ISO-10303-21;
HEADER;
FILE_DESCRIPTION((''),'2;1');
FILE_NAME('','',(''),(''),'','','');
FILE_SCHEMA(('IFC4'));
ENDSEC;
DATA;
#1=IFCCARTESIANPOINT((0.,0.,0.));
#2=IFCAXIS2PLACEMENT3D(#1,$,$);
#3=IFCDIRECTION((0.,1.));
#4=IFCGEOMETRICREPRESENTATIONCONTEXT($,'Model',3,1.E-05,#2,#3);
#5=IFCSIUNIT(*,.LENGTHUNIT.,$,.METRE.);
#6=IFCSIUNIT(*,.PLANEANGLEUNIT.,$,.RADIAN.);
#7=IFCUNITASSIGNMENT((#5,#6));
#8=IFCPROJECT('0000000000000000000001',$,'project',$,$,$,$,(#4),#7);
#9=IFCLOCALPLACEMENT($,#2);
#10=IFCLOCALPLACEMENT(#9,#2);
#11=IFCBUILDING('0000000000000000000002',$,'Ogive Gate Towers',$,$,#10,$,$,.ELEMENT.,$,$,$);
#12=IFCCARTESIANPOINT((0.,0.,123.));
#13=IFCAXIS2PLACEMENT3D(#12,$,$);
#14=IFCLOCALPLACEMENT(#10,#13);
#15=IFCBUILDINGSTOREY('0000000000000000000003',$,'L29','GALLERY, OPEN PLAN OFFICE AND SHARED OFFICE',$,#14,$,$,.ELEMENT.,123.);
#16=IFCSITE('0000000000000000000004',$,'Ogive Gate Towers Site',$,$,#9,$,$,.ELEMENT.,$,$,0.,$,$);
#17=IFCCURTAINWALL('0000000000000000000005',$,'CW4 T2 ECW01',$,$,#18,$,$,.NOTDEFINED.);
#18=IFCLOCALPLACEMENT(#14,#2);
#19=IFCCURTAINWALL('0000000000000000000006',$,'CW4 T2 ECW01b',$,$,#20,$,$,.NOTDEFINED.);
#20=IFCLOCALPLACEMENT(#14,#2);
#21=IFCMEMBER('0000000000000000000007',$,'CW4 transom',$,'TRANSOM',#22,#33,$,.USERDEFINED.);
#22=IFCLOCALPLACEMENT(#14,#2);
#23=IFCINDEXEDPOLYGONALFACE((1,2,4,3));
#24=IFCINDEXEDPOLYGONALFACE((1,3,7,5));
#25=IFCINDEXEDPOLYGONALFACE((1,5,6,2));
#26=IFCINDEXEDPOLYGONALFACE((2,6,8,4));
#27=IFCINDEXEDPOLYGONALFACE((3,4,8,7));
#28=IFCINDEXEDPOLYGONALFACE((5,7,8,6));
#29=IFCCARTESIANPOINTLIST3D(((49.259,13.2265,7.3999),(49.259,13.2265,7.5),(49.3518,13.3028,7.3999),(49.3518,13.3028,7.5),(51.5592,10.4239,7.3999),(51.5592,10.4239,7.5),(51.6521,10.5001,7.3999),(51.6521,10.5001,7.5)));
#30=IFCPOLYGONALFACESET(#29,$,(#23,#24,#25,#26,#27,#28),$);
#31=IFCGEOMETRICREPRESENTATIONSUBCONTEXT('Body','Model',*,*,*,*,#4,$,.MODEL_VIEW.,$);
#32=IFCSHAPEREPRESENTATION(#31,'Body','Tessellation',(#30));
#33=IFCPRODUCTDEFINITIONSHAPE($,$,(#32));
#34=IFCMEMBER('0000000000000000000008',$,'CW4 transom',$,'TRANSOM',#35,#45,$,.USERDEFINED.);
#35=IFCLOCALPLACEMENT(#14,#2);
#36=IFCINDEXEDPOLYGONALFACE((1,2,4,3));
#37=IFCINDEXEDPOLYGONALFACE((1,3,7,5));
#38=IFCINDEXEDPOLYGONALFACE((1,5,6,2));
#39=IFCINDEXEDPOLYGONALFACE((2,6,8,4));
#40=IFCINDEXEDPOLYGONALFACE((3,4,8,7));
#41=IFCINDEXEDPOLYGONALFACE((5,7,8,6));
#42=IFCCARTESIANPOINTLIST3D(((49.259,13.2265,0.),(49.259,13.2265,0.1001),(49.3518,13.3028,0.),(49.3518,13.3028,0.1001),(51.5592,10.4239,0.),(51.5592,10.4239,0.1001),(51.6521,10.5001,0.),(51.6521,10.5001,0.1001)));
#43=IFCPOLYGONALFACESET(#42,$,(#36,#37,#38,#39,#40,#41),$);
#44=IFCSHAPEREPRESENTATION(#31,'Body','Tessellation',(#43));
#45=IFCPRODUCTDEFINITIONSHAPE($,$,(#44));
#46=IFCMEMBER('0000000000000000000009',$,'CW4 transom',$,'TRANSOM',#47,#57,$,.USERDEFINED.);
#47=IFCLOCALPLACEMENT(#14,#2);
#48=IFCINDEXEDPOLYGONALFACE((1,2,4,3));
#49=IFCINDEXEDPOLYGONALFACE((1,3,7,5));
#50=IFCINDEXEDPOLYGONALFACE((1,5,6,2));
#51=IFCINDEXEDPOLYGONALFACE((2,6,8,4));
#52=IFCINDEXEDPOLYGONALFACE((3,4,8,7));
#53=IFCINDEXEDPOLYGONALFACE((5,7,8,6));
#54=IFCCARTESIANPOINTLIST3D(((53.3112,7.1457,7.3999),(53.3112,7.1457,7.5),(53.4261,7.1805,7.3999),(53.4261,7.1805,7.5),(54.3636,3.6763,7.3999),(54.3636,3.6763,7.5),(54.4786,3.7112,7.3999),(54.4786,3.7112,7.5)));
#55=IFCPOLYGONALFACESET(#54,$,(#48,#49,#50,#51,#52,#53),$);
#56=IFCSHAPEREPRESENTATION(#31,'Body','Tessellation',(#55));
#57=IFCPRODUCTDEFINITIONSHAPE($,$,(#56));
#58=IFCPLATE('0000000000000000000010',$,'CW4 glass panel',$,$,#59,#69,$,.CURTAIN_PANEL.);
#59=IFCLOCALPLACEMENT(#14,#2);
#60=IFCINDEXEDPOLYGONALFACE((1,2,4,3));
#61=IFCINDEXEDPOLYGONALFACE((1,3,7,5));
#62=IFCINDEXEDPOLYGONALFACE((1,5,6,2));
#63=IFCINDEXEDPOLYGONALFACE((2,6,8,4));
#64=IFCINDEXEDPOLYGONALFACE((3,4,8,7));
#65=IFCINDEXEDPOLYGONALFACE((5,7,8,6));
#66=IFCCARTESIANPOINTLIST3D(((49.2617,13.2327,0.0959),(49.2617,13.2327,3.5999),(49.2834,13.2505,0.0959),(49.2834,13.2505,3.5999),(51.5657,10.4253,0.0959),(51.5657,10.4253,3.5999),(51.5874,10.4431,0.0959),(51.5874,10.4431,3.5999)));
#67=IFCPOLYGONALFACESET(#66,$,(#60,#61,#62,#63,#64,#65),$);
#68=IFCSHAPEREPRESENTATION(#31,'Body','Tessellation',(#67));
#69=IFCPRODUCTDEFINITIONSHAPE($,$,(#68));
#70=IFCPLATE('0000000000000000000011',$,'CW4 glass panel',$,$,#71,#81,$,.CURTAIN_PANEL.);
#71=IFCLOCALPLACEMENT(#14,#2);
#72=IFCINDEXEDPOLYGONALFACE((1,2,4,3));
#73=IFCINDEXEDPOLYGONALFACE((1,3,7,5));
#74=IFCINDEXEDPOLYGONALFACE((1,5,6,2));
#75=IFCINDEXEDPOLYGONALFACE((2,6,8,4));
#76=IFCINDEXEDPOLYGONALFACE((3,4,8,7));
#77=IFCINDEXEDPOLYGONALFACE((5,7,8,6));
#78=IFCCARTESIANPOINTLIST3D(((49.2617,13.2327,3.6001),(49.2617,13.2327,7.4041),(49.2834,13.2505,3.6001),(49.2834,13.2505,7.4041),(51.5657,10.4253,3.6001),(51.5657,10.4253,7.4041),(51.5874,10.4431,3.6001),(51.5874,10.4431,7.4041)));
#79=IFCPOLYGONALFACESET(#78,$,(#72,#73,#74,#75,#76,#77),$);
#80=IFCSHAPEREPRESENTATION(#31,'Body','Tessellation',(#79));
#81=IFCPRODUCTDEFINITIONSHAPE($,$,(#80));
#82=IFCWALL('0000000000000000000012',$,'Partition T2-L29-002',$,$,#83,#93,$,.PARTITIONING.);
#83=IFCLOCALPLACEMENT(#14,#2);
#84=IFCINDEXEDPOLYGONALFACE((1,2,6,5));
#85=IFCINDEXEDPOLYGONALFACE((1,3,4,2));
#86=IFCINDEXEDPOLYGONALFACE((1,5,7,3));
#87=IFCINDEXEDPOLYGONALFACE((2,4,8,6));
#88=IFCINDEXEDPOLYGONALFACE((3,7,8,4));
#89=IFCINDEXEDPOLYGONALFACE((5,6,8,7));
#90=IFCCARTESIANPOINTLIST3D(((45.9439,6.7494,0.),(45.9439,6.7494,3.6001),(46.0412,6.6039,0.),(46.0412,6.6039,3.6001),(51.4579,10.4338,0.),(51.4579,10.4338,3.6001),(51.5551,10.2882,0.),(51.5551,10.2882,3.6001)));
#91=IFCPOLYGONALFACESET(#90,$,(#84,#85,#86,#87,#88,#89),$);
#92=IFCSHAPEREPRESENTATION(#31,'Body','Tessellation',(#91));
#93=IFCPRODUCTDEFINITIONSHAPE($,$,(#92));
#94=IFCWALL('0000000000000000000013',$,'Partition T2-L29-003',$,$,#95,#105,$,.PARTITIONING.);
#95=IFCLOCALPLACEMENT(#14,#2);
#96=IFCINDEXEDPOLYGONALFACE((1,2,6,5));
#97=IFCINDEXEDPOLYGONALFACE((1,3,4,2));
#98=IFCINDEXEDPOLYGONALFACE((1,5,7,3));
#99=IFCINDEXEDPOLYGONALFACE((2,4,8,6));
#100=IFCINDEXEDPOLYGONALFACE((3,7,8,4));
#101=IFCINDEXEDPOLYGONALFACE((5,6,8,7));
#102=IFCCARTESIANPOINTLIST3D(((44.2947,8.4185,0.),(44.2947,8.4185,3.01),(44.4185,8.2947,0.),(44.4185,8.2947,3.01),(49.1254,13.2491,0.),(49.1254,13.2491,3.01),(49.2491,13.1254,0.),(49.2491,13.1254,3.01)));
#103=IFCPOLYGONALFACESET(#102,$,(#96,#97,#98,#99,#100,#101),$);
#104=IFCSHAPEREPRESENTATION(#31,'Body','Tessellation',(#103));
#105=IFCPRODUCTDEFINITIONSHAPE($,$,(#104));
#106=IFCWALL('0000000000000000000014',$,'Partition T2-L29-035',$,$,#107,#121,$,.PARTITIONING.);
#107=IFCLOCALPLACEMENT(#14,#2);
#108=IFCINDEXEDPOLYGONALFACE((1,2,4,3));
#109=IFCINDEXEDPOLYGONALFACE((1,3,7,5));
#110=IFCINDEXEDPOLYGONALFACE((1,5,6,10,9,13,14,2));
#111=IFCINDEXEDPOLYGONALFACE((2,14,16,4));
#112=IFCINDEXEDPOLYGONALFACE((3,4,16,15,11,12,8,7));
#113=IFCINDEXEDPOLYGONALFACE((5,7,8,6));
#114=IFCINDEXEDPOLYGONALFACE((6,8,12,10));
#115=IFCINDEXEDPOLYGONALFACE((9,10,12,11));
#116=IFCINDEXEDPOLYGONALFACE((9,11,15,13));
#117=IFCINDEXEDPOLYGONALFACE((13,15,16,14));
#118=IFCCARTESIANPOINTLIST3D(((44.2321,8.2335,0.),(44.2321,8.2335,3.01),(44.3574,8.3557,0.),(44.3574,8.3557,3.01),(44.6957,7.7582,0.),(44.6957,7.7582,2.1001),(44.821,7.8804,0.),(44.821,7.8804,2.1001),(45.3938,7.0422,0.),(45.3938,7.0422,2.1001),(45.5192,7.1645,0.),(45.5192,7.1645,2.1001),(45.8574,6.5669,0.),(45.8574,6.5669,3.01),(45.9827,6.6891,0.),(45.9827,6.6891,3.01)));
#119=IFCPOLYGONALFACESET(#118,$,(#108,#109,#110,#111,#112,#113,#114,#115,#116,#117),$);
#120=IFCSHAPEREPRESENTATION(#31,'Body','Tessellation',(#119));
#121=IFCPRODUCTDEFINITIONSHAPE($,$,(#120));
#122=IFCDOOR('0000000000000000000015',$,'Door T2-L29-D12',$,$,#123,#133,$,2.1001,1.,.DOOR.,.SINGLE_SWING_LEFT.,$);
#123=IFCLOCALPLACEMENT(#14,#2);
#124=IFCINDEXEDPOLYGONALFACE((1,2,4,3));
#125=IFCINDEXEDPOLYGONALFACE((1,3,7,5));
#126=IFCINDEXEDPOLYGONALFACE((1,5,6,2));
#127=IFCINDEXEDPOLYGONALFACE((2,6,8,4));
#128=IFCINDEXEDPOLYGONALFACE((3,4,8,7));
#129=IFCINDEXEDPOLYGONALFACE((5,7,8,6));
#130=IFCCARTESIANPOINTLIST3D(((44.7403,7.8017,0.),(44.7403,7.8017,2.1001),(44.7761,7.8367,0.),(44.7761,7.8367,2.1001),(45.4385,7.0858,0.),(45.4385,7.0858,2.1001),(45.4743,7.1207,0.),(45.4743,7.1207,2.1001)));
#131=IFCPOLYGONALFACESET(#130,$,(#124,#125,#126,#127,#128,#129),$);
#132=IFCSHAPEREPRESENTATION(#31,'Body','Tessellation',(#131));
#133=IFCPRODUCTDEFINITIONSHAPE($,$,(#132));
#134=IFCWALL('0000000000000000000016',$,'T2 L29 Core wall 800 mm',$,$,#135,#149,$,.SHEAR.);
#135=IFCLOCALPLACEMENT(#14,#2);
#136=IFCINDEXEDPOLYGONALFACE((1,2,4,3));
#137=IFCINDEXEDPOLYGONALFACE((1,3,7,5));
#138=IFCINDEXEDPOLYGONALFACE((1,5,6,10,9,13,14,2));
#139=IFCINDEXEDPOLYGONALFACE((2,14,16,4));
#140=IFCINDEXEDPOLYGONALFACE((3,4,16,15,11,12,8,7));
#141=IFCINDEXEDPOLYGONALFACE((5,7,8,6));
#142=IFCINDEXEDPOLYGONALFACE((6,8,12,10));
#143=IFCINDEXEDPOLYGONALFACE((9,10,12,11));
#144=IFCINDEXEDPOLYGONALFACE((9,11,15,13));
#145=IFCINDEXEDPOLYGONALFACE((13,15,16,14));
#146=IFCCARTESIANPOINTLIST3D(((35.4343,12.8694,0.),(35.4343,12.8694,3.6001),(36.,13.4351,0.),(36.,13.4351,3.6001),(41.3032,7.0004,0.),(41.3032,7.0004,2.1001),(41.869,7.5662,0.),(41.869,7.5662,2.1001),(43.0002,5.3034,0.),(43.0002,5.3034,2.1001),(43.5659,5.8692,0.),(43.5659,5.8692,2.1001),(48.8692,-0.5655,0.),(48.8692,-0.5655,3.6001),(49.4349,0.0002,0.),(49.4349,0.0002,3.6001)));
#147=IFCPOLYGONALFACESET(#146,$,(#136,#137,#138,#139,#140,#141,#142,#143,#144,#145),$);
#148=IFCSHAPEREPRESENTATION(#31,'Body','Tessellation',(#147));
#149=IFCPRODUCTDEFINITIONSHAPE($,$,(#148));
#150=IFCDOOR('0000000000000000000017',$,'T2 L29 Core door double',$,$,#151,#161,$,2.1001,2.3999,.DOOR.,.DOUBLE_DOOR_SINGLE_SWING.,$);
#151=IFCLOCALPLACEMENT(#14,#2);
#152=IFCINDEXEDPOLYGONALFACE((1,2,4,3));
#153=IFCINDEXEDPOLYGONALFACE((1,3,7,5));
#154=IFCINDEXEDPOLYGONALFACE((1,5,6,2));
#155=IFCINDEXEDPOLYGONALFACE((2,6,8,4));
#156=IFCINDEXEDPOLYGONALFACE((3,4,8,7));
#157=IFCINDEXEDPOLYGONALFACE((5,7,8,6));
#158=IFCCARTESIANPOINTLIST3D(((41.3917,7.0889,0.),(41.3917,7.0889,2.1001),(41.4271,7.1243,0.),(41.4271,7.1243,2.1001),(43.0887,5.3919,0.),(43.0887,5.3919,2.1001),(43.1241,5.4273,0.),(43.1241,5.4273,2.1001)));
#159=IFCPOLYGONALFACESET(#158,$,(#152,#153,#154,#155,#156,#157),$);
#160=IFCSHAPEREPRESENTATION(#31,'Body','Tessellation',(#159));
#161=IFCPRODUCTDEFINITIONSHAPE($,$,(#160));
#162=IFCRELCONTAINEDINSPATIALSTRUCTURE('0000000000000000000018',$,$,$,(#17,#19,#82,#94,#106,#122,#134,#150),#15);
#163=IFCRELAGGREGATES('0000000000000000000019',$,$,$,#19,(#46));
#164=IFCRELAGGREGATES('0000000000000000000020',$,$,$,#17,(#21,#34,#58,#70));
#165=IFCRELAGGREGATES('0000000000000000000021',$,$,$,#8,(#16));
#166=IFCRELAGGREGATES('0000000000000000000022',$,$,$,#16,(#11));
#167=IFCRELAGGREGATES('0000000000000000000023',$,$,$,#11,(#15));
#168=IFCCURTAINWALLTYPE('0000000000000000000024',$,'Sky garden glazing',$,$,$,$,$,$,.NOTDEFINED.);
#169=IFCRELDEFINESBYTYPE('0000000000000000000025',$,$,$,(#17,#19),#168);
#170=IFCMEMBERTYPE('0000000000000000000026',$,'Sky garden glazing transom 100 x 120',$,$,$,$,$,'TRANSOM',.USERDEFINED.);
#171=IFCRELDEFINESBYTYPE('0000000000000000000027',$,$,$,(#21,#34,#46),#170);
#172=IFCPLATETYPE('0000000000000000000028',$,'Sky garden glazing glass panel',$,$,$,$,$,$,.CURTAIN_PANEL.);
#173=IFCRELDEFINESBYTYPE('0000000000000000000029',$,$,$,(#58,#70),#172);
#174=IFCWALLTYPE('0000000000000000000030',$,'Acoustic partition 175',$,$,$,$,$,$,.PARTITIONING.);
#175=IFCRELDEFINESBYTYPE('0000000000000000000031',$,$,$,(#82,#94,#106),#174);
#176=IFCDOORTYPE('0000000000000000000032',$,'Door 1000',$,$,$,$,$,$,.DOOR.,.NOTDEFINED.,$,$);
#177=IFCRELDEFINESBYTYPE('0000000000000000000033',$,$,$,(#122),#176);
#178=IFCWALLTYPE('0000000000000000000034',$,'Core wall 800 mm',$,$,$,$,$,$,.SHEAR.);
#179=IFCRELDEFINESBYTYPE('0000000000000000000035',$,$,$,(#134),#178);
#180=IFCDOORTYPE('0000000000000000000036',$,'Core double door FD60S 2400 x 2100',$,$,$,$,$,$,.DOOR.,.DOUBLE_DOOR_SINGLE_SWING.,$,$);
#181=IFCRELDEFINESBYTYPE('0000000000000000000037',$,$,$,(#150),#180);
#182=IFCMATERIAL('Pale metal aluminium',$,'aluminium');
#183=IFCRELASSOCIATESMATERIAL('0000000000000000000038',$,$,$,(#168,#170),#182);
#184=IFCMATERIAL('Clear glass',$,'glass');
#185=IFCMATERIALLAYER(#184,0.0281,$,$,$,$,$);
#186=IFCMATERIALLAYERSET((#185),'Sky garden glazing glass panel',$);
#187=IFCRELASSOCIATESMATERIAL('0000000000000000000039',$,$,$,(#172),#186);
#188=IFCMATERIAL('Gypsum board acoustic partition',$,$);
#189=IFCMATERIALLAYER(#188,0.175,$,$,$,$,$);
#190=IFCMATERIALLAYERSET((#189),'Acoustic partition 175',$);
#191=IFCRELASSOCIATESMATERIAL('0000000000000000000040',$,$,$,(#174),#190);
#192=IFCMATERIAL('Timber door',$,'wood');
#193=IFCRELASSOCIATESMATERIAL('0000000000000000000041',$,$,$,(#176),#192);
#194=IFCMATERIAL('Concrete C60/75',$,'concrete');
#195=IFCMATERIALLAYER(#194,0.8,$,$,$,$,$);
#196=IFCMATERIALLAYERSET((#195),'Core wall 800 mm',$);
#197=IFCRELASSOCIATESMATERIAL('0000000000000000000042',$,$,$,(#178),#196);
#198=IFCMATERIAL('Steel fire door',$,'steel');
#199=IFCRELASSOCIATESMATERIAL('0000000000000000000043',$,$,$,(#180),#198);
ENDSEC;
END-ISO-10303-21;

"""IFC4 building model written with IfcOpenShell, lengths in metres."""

from ifc_helpers import new_model, si_unit, direction, frame, frame_2d, origin, origin_2d, place, context, subcontext, project, spatial, rectangle, extrude, material, layer, layer_set, material_profile, profile_set, type_object, element, fill, aggregate, save


model = new_model("IFC4")

# Units and contexts
model_context = context("Model", 3, precision=1e-05, world=origin(), true_north=direction((0.0, 1.0)))
body_context = subcontext(model_context, "Body", "Model", "MODEL_VIEW")
ifc_project = project(units=[si_unit("LENGTHUNIT", "METRE"), si_unit("PLANEANGLEUNIT", "RADIAN")], contexts=[model_context])

# Site, building, storey
site_placement = place(None, origin())
site = spatial("IfcSite", under=ifc_project, at=site_placement, Name="Ogive Gate Towers Site", CompositionType="ELEMENT", RefElevation=0.0)
building_placement = place(site_placement, origin())
building = spatial("IfcBuilding", under=site, at=building_placement, Name="Ogive Gate Towers", CompositionType="ELEMENT")
storey_placement = place(building_placement, frame((0.0, 0.0, 123.0)))
storey = spatial("IfcBuildingStorey", under=building, at=storey_placement, Name="L29", Description="GALLERY, OPEN PLAN OFFICE AND SHARED OFFICE", CompositionType="ELEMENT", Elevation=123.0)

# Curtain walls
ifc_material_1 = material(Name="Pale metal aluminium", Category="aluminium")
curtain_wall_type = type_object("IfcCurtainWallType", Name="Sky garden glazing", PredefinedType="NOTDEFINED", material=ifc_material_1)
curtain_wall_1_placement = place(storey_placement, origin())
curtain_wall_1 = element("IfcCurtainWall", 1, at=curtain_wall_1_placement, inside=storey, type_object=curtain_wall_type, Name="CW4 T2 ECW01", PredefinedType="NOTDEFINED")
curtain_wall_2_placement = place(storey_placement, origin())
curtain_wall_2 = element("IfcCurtainWall", 2, at=curtain_wall_2_placement, inside=storey, type_object=curtain_wall_type, Name="CW4 T2 ECW01b", PredefinedType="NOTDEFINED")

# Members
ifc_material_profile_1 = material_profile(ifc_material_1, rectangle(XDim=0.1201, YDim=0.1001, at=origin_2d()), Name="100 x 120 aluminium box")
ifc_profile_set_1 = profile_set([ifc_material_profile_1], Name="Pale metal aluminium")
member_type_1 = type_object("IfcMemberType", Name="Sky garden glazing transom 100 x 120", ElementType="TRANSOM", PredefinedType="USERDEFINED", material=ifc_profile_set_1)
member_1_placement = place(storey_placement, frame((49.3054, 13.2646, 7.45), z_axis=(0.634418, -0.77299, 0.0), x_axis=(0.77299, 0.634418, 0.0)))
member_1 = element("IfcMember", 3, at=member_1_placement, type_object=member_type_1, Name="CW4 transom", ObjectType="TRANSOM", PredefinedType="USERDEFINED", context=body_context, shape_type="SweptSolid", body=[
    extrude(rectangle(XDim=0.1201, YDim=0.1001, at=origin_2d()), origin(), (0.0, 0.0, 1.0), 3.6257),
])
member_2_placement = place(storey_placement, frame((49.3054, 13.2646, 0.05), z_axis=(0.634418, -0.77299, 0.0), x_axis=(0.77299, 0.634418, 0.0)))
member_2 = element("IfcMember", 4, at=member_2_placement, type_object=member_type_1, Name="CW4 transom", ObjectType="TRANSOM", PredefinedType="USERDEFINED", context=body_context, shape_type="SweptSolid", body=[
    extrude(rectangle(XDim=0.1201, YDim=0.1001, at=origin_2d()), origin(), (0.0, 0.0, 1.0), 3.6257),
])
member_3_placement = place(storey_placement, frame((53.3687, 7.1631, 7.45), z_axis=(0.290293, -0.956938, 0.0), x_axis=(0.956938, 0.290293, 0.0)))
member_3 = element("IfcMember", 5, at=member_3_placement, type_object=member_type_1, Name="CW4 transom", ObjectType="TRANSOM", PredefinedType="USERDEFINED", context=body_context, shape_type="SweptSolid", body=[
    extrude(rectangle(XDim=0.1201, YDim=0.1001, at=origin_2d()), origin(), (0.0, 0.0, 1.0), 3.6255),
])
aggregate(curtain_wall_2, [member_3])

# Plates
ifc_material_2 = material(Name="Clear glass", Category="glass")
ifc_layer_1 = layer(ifc_material_2, 0.0281)
ifc_layer_set_1 = layer_set([ifc_layer_1], Name="Sky garden glazing glass panel")
plate_type = type_object("IfcPlateType", Name="Sky garden glazing glass panel", PredefinedType="CURTAIN_PANEL", material=ifc_layer_set_1)
plate_1_placement = place(storey_placement, frame((50.4246, 11.8379, 0.0959), z_axis=(0.0, 0.0, 1.0), x_axis=(0.634393, -0.77301, 0.0)))
plate_1 = element("IfcPlate", 6, at=plate_1_placement, type_object=plate_type, Name="CW4 glass panel", PredefinedType="CURTAIN_PANEL", context=body_context, shape_type="SweptSolid", body=[
    extrude(rectangle(XDim=3.6318, YDim=0.0281, at=origin_2d()), origin(), (0.0, 0.0, 1.0), 3.5039),
])
plate_2_placement = place(storey_placement, frame((50.4246, 11.8379, 3.6001), z_axis=(0.0, 0.0, 1.0), x_axis=(0.634393, -0.77301, 0.0)))
plate_2 = element("IfcPlate", 7, at=plate_2_placement, type_object=plate_type, Name="CW4 glass panel", PredefinedType="CURTAIN_PANEL", context=body_context, shape_type="SweptSolid", body=[
    extrude(rectangle(XDim=3.6318, YDim=0.0281, at=origin_2d()), origin(), (0.0, 0.0, 1.0), 3.804),
])
aggregate(curtain_wall_1, [member_1, member_2, plate_1, plate_2])

# Walls
ifc_material_3 = material(Name="Gypsum board acoustic partition")
ifc_layer_2 = layer(ifc_material_3, 0.175)
ifc_layer_set_2 = layer_set([ifc_layer_2], Name="Acoustic partition 175")
wall_type_1 = type_object("IfcWallType", Name="Acoustic partition 175", PredefinedType="PARTITIONING", material=ifc_layer_set_2)
wall_1_placement = place(storey_placement, frame((51.5066, 10.3611, 0.0), z_axis=(0.0, 0.0, 1.0), x_axis=(-0.831466, -0.555575, 0.0)))
element("IfcWall", 8, at=wall_1_placement, inside=storey, type_object=wall_type_1, Name="Partition T2-L29-002", PredefinedType="PARTITIONING", context=body_context, shape_type="SweptSolid", body=[
    extrude(rectangle(XDim=6.6316, YDim=0.175, at=frame_2d((3.3159, 0.0))), origin(), (0.0, 0.0, 1.0), 3.6001),
])
wall_2_placement = place(storey_placement, frame((49.1873, 13.1873, 0.0), z_axis=(0.0, 0.0, 1.0), x_axis=(-0.707107, -0.707107, 0.0)))
element("IfcWall", 9, at=wall_2_placement, inside=storey, type_object=wall_type_1, Name="Partition T2-L29-003", PredefinedType="PARTITIONING", context=body_context, shape_type="SweptSolid", body=[
    extrude(rectangle(XDim=6.8315, YDim=0.175, at=frame_2d((3.4158, 0.0))), origin(), (0.0, 0.0, 1.0), 3.01),
])

# Walls, openings, doors
wall_3_placement = place(storey_placement, frame((44.2947, 8.2947, 0.0), z_axis=(0.0, 0.0, 1.0), x_axis=(0.698189, -0.715914, 0.0)))
wall_3 = element("IfcWall", 10, at=wall_3_placement, inside=storey, type_object=wall_type_1, Name="Partition T2-L29-035", PredefinedType="PARTITIONING", context=body_context, shape_type="SweptSolid", body=[
    extrude(rectangle(XDim=2.3279, YDim=0.175, at=frame_2d((1.1641, 0.0))), origin(), (0.0, 0.0, 1.0), 3.01),
])
opening_1_placement = place(wall_3_placement, frame((0.6641, 0.0, 0.0)))
opening_1 = element("IfcOpeningElement", 11, at=opening_1_placement, cuts=wall_3, PredefinedType="OPENING", context=body_context, shape_type="SweptSolid", body=[
    extrude(rectangle(XDim=1.0, YDim=2.1001, at=frame_2d((0.5, 1.05))), frame((0.0, 0.0977, 0.0), z_axis=(0.0, -1.0, 0.0), x_axis=(1.0, 0.0, 0.0)), (0.0, 0.0, 1.0), 0.1951),
])
ifc_material_4 = material(Name="Timber door", Category="wood")
door_type_1 = type_object("IfcDoorType", Name="Door 1000", OperationType="NOTDEFINED", PredefinedType="DOOR", material=ifc_material_4)
door_1_placement = place(opening_1_placement, origin())
door_1 = element("IfcDoor", 12, at=door_1_placement, inside=storey, type_object=door_type_1, Name="Door T2-L29-D12", OperationType="SINGLE_SWING_LEFT", OverallHeight=2.1001, OverallWidth=1.0, PredefinedType="DOOR", context=body_context, shape_type="SweptSolid", body=[
    extrude(rectangle(XDim=1.0, YDim=2.1001, at=frame_2d((0.5, 1.05))), frame((0.0, 0.0249, 0.0), z_axis=(0.0, -1.0, 0.0), x_axis=(1.0, 0.0, 0.0)), (0.0, 0.0, 1.0), 0.05),
])
fill(opening_1, door_1)
ifc_material_5 = material(Name="Concrete C60/75", Category="concrete")
ifc_layer_3 = layer(ifc_material_5, 0.8)
ifc_layer_set_3 = layer_set([ifc_layer_3], Name="Core wall 800 mm")
wall_type_2 = type_object("IfcWallType", Name="Core wall 800 mm", PredefinedType="SHEAR", material=ifc_layer_set_3)
wall_4_placement = place(storey_placement, frame((49.1521, -0.2827, 0.0), z_axis=(0.0, 0.0, 1.0), x_axis=(-0.707107, 0.707107, 0.0)))
wall_4 = element("IfcWall", 13, at=wall_4_placement, inside=storey, type_object=wall_type_2, Name="T2 L29 Core wall 800 mm", PredefinedType="SHEAR", context=body_context, shape_type="SweptSolid", body=[
    extrude(rectangle(XDim=18.9998, YDim=0.8, at=frame_2d((9.5, 0.0))), origin(), (0.0, 0.0, 1.0), 3.6001),
])
opening_2_placement = place(wall_4_placement, frame((8.3, 0.0, 0.0)))
opening_2 = element("IfcOpeningElement", 14, at=opening_2_placement, cuts=wall_4, PredefinedType="OPENING", context=body_context, shape_type="SweptSolid", body=[
    extrude(rectangle(XDim=2.3999, YDim=2.1001, at=frame_2d((1.2, 1.05))), frame((0.0, 0.4102, 0.0), z_axis=(0.0, -1.0, 0.0), x_axis=(1.0, 0.0, 0.0)), (0.0, 0.0, 1.0), 0.8201),
])
ifc_material_6 = material(Name="Steel fire door", Category="steel")
door_type_2 = type_object("IfcDoorType", Name="Core double door FD60S 2400 x 2100", OperationType="DOUBLE_DOOR_SINGLE_SWING", PredefinedType="DOOR", material=ifc_material_6)
door_2_placement = place(opening_2_placement, origin())
door_2 = element("IfcDoor", 15, at=door_2_placement, inside=storey, type_object=door_type_2, Name="T2 L29 Core door double", OperationType="DOUBLE_DOOR_SINGLE_SWING", OverallHeight=2.1001, OverallWidth=2.3999, PredefinedType="DOOR", context=body_context, shape_type="SweptSolid", body=[
    extrude(rectangle(XDim=2.3999, YDim=2.1001, at=frame_2d((1.2, 1.05))), frame((0.0, 0.2749, 0.0), z_axis=(0.0, -1.0, 0.0), x_axis=(1.0, 0.0, 0.0)), (0.0, 0.0, 1.0), 0.05),
])
fill(opening_2, door_2)

save(model, "model.ifc")
